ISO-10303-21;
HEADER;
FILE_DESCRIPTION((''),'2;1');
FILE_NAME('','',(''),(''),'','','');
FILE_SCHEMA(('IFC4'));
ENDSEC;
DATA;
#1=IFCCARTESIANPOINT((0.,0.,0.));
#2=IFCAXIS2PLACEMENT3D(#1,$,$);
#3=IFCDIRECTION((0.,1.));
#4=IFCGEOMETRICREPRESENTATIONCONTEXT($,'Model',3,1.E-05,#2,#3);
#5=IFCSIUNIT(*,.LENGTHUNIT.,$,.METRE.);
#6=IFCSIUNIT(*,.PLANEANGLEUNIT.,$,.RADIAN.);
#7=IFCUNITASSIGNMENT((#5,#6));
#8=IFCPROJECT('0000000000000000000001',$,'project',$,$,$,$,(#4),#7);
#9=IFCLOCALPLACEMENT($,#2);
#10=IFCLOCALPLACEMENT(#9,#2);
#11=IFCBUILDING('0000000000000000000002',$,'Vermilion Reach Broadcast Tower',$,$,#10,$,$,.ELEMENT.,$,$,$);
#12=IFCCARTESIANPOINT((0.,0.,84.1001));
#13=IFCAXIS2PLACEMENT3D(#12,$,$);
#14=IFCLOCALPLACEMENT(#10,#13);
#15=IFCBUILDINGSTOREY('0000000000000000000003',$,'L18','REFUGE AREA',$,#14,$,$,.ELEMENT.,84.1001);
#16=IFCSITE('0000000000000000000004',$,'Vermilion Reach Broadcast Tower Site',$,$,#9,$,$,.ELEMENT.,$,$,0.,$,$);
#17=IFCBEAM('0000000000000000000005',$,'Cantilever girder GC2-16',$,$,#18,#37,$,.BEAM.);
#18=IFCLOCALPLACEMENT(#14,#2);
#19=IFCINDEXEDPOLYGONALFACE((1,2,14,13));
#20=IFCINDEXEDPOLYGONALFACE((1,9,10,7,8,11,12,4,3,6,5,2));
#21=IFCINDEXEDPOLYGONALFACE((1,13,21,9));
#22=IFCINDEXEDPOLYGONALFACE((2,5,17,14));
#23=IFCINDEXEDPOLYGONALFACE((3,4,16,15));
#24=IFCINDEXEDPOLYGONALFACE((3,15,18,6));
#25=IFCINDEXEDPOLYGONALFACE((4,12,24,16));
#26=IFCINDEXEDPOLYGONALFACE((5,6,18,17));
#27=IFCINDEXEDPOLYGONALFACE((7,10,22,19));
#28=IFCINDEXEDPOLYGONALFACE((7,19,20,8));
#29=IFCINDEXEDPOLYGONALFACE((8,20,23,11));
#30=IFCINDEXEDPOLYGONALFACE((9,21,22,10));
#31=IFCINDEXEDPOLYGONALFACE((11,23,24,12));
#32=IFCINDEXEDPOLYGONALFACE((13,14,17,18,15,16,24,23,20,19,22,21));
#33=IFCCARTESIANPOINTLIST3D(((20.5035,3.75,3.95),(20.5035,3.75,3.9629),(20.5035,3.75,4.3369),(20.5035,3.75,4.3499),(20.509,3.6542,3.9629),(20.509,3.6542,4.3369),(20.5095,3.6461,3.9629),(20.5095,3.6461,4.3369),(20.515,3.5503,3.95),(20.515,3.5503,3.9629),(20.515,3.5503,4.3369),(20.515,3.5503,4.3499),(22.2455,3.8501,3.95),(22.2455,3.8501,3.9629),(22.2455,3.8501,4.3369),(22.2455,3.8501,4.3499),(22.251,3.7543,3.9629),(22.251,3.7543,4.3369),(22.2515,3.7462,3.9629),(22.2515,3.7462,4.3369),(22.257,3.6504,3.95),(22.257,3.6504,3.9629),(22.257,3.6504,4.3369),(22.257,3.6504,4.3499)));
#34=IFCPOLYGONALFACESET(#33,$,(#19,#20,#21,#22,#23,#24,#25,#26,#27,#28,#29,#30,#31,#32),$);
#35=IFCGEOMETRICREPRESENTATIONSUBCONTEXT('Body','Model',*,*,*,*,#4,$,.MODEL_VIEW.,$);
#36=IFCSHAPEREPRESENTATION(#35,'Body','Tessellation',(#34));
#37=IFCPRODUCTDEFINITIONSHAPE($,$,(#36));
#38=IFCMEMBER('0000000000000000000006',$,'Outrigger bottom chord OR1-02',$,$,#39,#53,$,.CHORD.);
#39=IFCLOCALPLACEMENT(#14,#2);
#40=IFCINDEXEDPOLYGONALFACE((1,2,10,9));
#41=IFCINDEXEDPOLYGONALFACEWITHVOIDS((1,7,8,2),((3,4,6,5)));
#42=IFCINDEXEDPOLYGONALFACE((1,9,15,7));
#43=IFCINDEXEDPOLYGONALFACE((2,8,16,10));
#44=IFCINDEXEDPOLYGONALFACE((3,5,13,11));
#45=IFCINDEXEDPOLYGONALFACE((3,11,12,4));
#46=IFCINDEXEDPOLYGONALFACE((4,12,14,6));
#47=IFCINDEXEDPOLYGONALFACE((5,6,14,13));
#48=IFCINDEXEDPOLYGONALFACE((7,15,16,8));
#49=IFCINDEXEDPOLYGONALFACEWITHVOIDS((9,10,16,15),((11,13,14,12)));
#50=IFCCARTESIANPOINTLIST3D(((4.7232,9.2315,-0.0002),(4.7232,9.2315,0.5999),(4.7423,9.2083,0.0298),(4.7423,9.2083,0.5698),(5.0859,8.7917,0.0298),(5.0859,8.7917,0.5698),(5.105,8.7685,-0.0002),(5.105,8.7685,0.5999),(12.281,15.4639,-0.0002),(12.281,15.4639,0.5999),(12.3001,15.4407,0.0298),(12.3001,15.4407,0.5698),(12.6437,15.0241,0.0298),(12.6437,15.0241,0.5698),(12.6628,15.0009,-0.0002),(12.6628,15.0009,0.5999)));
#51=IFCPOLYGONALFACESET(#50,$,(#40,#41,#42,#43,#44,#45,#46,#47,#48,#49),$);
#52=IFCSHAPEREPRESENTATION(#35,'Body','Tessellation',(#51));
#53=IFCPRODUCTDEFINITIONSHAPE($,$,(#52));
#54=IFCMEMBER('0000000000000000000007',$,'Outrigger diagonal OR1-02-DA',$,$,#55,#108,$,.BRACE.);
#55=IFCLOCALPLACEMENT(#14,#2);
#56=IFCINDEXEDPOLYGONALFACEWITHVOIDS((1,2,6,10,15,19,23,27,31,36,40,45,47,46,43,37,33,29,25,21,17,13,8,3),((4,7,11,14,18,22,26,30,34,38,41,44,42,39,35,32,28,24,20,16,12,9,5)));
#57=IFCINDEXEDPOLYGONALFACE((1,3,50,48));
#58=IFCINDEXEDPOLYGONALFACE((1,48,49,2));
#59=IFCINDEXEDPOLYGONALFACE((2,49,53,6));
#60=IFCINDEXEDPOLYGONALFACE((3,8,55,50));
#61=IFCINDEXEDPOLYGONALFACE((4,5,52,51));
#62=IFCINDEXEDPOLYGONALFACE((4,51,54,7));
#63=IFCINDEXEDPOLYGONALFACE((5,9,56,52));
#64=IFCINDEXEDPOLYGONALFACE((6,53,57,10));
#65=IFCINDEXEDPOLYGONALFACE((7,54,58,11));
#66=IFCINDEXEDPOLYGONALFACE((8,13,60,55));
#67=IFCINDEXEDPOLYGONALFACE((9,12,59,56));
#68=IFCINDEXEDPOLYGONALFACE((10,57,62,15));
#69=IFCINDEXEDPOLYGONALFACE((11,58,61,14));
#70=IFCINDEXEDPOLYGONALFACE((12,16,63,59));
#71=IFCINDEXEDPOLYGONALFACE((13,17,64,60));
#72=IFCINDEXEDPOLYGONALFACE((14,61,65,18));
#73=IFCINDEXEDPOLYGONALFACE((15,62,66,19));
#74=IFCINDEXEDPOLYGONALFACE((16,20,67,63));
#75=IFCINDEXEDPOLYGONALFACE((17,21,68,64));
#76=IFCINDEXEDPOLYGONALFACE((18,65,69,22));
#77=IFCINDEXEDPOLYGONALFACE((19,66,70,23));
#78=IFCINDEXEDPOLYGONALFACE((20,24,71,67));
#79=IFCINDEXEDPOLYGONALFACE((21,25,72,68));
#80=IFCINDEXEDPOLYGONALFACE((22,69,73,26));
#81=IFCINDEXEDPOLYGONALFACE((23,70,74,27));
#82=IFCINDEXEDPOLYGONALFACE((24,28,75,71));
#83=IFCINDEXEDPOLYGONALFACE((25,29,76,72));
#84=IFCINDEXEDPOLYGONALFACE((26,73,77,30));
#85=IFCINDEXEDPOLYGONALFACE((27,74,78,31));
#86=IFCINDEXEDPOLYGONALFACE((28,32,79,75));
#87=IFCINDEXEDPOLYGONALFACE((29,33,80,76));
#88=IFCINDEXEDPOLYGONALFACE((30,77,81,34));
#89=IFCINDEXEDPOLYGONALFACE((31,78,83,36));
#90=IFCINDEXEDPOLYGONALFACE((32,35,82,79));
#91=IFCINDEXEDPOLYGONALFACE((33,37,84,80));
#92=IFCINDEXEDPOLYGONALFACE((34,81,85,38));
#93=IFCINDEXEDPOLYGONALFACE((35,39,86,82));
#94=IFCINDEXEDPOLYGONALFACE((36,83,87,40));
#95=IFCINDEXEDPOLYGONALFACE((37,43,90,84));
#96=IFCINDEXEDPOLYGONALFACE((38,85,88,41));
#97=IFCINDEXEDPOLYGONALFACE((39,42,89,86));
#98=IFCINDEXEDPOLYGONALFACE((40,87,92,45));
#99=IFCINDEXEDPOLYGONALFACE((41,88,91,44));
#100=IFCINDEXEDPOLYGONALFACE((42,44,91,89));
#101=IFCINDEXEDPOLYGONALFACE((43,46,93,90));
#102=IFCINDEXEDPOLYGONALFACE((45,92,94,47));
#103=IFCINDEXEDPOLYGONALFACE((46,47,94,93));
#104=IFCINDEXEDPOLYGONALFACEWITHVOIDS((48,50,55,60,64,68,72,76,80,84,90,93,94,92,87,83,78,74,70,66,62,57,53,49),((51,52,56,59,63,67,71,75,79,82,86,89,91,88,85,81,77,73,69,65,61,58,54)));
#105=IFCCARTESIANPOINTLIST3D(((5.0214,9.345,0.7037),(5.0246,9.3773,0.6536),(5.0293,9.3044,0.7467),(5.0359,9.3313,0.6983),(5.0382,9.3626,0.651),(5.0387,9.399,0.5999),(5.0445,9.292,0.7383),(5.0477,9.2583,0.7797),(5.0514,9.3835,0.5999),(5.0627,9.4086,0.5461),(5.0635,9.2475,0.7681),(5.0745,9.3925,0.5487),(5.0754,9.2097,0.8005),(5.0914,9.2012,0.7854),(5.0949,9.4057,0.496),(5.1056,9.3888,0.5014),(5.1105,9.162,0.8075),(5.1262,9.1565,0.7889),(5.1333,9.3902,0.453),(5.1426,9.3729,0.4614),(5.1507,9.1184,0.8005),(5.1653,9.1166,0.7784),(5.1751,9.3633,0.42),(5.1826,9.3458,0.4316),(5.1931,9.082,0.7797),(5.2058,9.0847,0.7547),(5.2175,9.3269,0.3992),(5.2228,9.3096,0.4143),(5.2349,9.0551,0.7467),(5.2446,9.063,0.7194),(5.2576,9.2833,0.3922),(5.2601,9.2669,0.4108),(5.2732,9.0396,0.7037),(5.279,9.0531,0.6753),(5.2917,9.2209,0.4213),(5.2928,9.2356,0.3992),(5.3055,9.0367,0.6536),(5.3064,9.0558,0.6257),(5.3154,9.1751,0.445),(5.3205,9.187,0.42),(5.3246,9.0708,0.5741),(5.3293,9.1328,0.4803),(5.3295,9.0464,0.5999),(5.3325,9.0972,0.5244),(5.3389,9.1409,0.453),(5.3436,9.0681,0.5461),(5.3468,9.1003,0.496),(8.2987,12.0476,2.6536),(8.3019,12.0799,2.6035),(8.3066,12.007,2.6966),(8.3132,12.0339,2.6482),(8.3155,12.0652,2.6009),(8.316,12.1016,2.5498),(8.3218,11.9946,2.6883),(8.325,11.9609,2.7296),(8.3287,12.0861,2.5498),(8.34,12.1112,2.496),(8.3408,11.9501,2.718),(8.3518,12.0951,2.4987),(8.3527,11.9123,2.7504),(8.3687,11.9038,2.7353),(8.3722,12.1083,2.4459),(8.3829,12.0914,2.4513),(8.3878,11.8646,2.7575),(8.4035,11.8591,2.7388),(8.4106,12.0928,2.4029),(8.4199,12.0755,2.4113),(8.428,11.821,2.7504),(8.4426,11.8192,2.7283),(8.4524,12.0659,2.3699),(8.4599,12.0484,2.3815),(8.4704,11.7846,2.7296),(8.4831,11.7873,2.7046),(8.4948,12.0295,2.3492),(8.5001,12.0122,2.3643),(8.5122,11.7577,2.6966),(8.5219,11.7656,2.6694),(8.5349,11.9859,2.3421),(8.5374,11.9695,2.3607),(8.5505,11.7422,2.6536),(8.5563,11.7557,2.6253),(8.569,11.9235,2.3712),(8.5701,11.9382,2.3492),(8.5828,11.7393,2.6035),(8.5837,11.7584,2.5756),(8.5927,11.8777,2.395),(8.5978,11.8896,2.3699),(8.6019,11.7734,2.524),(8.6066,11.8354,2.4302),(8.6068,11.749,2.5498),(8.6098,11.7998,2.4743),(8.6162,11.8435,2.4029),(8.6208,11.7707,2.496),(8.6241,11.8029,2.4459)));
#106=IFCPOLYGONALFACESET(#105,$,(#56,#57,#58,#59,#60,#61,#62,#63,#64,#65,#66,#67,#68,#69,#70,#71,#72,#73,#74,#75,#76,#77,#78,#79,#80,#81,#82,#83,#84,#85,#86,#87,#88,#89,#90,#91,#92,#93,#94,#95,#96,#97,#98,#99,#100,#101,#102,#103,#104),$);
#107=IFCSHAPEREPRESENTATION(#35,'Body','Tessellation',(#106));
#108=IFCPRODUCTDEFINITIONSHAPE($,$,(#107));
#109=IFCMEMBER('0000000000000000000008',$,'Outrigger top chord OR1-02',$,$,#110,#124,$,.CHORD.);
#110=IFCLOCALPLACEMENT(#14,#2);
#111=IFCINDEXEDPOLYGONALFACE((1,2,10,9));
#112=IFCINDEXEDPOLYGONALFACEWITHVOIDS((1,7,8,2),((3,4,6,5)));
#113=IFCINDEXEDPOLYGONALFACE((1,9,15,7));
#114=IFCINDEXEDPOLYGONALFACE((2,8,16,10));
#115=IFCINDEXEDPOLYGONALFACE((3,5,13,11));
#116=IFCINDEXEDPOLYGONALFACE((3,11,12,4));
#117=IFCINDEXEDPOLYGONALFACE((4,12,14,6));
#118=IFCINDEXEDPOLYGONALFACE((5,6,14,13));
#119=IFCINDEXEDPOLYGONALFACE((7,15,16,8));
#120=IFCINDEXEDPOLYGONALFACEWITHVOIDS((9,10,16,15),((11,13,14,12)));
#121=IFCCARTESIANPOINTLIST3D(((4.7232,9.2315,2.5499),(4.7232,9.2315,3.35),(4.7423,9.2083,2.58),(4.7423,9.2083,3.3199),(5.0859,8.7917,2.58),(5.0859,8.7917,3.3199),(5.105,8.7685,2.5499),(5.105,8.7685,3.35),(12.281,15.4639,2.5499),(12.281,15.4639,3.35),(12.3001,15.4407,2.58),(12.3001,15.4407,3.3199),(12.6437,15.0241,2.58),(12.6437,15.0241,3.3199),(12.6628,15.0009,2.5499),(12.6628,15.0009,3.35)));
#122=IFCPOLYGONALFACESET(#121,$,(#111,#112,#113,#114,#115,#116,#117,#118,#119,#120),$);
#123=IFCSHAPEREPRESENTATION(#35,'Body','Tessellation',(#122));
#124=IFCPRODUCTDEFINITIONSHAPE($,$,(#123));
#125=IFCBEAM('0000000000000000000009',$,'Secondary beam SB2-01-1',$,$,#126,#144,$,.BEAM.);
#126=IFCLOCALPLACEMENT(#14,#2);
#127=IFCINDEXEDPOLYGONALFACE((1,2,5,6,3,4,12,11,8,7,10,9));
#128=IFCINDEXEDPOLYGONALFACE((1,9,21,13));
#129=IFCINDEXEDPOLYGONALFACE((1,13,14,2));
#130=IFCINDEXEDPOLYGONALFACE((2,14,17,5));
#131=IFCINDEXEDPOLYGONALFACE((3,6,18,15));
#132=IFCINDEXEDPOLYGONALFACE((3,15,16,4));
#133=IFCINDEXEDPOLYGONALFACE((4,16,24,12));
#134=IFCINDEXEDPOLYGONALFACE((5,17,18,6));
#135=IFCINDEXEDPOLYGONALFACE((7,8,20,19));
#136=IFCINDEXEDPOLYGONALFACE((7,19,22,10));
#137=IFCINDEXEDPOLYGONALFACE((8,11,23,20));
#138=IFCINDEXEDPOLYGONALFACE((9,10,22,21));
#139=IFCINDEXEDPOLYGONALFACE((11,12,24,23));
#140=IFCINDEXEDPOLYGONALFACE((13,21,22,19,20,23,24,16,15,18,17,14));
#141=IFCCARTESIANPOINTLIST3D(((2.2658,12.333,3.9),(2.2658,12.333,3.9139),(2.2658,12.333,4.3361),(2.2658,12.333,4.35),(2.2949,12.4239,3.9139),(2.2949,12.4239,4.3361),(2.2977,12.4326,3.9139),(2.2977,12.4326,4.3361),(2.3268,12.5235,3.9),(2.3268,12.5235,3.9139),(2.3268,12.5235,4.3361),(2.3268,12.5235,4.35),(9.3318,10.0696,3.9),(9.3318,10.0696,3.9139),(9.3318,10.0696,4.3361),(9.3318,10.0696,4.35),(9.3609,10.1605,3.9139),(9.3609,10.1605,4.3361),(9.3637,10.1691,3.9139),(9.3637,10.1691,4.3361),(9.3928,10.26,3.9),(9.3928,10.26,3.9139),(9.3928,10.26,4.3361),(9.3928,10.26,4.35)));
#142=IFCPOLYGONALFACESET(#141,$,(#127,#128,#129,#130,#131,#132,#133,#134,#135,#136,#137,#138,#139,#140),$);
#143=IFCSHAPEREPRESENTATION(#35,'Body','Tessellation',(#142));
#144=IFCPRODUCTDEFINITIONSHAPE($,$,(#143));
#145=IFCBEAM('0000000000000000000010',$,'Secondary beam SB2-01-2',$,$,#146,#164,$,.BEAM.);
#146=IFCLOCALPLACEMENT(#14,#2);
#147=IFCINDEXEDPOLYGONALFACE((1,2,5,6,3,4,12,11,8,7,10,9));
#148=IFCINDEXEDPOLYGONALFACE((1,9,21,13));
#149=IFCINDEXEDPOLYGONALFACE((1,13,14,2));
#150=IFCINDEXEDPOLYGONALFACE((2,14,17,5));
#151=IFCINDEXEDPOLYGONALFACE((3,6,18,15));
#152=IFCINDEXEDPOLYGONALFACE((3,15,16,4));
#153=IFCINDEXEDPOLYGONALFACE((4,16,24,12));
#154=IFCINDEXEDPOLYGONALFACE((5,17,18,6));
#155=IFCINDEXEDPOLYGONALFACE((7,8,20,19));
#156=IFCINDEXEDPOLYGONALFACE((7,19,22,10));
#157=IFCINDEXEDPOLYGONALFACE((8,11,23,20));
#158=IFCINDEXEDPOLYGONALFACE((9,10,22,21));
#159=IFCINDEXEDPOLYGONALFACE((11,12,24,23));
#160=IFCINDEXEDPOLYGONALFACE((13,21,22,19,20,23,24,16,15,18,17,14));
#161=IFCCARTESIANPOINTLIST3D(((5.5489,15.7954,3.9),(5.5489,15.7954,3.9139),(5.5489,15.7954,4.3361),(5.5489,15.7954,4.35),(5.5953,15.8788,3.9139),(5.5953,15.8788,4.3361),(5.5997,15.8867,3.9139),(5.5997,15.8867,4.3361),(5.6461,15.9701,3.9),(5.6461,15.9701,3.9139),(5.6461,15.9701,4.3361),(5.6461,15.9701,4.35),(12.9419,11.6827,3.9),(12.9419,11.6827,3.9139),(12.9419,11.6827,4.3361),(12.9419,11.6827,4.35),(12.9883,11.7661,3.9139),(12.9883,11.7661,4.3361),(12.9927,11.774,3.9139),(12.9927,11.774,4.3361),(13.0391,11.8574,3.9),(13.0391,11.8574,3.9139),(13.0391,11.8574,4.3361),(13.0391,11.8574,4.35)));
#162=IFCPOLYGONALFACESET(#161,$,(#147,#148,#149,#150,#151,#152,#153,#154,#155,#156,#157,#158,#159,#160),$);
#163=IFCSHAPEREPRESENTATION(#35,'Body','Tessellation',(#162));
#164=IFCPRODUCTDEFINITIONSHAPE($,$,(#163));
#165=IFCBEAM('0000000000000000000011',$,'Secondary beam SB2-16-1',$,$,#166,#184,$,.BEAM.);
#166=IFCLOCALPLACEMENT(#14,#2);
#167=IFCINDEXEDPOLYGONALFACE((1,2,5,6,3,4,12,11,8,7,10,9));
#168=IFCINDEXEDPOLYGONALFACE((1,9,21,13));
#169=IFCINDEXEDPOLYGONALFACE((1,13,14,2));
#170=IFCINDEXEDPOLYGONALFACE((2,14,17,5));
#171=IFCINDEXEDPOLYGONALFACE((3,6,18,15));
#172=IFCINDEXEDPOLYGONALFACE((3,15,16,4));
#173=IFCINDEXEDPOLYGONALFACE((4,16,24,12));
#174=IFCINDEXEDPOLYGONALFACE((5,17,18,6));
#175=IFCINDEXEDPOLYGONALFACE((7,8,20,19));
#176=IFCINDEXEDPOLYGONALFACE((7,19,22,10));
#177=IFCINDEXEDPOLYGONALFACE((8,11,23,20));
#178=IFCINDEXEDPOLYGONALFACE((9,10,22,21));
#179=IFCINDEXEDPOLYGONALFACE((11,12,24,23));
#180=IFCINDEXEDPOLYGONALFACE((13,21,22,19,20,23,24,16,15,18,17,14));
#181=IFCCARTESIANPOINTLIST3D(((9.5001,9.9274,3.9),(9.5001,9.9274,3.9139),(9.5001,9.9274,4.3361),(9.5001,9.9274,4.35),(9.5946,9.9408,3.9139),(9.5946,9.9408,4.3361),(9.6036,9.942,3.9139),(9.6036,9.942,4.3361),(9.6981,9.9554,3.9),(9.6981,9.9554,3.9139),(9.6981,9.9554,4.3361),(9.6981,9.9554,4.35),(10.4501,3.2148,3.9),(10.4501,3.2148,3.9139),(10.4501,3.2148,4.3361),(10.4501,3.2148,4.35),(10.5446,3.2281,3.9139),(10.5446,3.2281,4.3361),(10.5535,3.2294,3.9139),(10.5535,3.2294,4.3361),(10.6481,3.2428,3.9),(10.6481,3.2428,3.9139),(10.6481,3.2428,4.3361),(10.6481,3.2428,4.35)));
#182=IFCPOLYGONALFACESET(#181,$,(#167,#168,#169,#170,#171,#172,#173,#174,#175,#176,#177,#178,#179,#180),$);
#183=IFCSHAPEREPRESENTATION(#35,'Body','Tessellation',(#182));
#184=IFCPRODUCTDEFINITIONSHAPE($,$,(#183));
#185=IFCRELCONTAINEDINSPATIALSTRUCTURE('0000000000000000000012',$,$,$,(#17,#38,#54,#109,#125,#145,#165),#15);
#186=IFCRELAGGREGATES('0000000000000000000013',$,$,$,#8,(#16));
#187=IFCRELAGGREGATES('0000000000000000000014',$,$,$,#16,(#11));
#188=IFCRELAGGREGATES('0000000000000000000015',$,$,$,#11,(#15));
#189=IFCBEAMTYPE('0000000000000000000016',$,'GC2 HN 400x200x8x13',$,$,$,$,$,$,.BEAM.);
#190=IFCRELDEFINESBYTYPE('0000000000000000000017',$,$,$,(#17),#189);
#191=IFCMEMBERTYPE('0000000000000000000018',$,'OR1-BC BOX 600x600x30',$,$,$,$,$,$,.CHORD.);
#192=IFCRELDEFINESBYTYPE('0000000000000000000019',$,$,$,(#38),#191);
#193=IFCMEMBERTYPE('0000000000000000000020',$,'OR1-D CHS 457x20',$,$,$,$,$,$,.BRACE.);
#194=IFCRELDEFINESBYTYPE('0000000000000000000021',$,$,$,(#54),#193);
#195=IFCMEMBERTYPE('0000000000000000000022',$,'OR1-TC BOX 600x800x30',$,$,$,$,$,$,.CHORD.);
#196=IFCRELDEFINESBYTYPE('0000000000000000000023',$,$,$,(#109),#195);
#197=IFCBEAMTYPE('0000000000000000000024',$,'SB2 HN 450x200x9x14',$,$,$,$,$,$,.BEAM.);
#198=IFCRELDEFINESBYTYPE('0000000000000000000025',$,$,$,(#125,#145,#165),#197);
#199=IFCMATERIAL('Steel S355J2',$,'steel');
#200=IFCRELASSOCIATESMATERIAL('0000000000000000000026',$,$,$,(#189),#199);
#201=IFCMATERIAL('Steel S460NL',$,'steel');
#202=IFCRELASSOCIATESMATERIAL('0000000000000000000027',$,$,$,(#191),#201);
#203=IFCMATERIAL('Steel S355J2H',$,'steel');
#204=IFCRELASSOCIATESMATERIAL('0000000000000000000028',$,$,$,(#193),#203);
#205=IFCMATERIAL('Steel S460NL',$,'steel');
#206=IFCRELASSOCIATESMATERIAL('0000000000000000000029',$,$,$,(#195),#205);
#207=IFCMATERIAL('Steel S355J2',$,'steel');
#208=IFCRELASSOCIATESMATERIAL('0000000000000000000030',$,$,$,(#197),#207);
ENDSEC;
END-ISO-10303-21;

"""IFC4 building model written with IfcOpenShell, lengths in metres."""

from ifc_helpers import new_model, si_unit, direction, frame, origin, origin_2d, place, context, subcontext, project, spatial, hollow_rectangle, hollow_circle, i_section, extrude, material, material_profile, profile_set, type_object, element, save


model = new_model("IFC4")

# Units and contexts
model_context = context("Model", 3, precision=1e-05, world=origin(), true_north=direction((0.0, 1.0)))
body_context = subcontext(model_context, "Body", "Model", "MODEL_VIEW")
ifc_project = project(units=[si_unit("LENGTHUNIT", "METRE"), si_unit("PLANEANGLEUNIT", "RADIAN")], contexts=[model_context])

# Site, building, storey
site_placement = place(None, origin())
site = spatial("IfcSite", under=ifc_project, at=site_placement, Name="Vermilion Reach Broadcast Tower Site", CompositionType="ELEMENT", RefElevation=0.0)
building_placement = place(site_placement, origin())
building = spatial("IfcBuilding", under=site, at=building_placement, Name="Vermilion Reach Broadcast Tower", CompositionType="ELEMENT")
storey_placement = place(building_placement, frame((0.0, 0.0, 84.1001)))
storey = spatial("IfcBuildingStorey", under=building, at=storey_placement, Name="L18", Description="REFUGE AREA", CompositionType="ELEMENT", Elevation=84.1001)

# Beam
ifc_material_1 = material(Name="Steel S355J2", Category="steel")
ifc_material_profile_1 = material_profile(ifc_material_1, i_section(OverallWidth=0.2, OverallDepth=0.3999, WebThickness=0.0081, FlangeThickness=0.0129, at=origin_2d()), Name="S355J2 HN 400x200x8x13")
ifc_profile_set_1 = profile_set([ifc_material_profile_1], Name="Steel S355J2")
beam_type_1 = type_object("IfcBeamType", Name="GC2 HN 400x200x8x13", PredefinedType="BEAM", material=ifc_profile_set_1)
beam_1_placement = place(storey_placement, frame((20.5093, 3.6501, 4.1499), z_axis=(0.998353, 0.057369, 0.0), x_axis=(-0.057369, 0.998353, 0.0)))
element("IfcBeam", 1, at=beam_1_placement, inside=storey, type_object=beam_type_1, Name="Cantilever girder GC2-16", PredefinedType="BEAM", context=body_context, shape_type="SweptSolid", body=[
    extrude(i_section(OverallWidth=0.2, OverallDepth=0.3999, WebThickness=0.0081, FlangeThickness=0.0129, at=origin_2d()), origin(), (0.0, 0.0, 1.0), 1.7449),
])

# Members
ifc_material_2 = material(Name="Steel S460NL", Category="steel")
ifc_material_profile_2 = material_profile(ifc_material_2, hollow_rectangle(XDim=0.6001, YDim=0.6001, WallThickness=0.03, at=origin_2d()), Name="S460NL BOX 600x600x30")
ifc_profile_set_2 = profile_set([ifc_material_profile_2], Name="Steel S460NL")
member_type_1 = type_object("IfcMemberType", Name="OR1-BC BOX 600x600x30", PredefinedType="CHORD", material=ifc_profile_set_2)
member_1_placement = place(storey_placement, frame((4.9141, 9.0, 0.2998), z_axis=(0.771514, 0.636212, 0.0), x_axis=(-0.636212, 0.771514, 0.0)))
element("IfcMember", 2, at=member_1_placement, inside=storey, type_object=member_type_1, Name="Outrigger bottom chord OR1-02", PredefinedType="CHORD", context=body_context, shape_type="SweptSolid", body=[
    extrude(hollow_rectangle(XDim=0.6001, YDim=0.6001, WallThickness=0.03, at=origin_2d()), origin(), (0.0, 0.0, 1.0), 9.7961),
])
ifc_material_3 = material(Name="Steel S355J2H", Category="steel")
ifc_material_profile_3 = material_profile(ifc_material_3, hollow_circle(Radius=0.2285, WallThickness=0.02, at=origin_2d()), Name="S355J2H CHS 457x20")
ifc_profile_set_3 = profile_set([ifc_material_profile_3], Name="Steel S355J2H")
member_type_2 = type_object("IfcMemberType", Name="OR1-D CHS 457x20", PredefinedType="BRACE", material=ifc_profile_set_3)
member_2_placement = place(storey_placement, frame((5.1841, 9.2227, 0.5999), z_axis=(0.701166, 0.578211, 0.417179), x_axis=(-0.636219, 0.771509, 0.0)))
element("IfcMember", 3, at=member_2_placement, inside=storey, type_object=member_type_2, Name="Outrigger diagonal OR1-02-DA", PredefinedType="BRACE", context=body_context, shape_type="SweptSolid", body=[
    extrude(hollow_circle(Radius=0.2285, WallThickness=0.02, at=origin_2d()), origin(), (0.0, 0.0, 1.0), 4.6741),
])
ifc_material_4 = material(Name="Steel S460NL", Category="steel")
ifc_material_profile_4 = material_profile(ifc_material_4, hollow_rectangle(XDim=0.6001, YDim=0.8, WallThickness=0.03, at=origin_2d()), Name="S460NL BOX 600x800x30")
ifc_profile_set_4 = profile_set([ifc_material_profile_4], Name="Steel S460NL")
member_type_3 = type_object("IfcMemberType", Name="OR1-TC BOX 600x800x30", PredefinedType="CHORD", material=ifc_profile_set_4)
member_3_placement = place(storey_placement, frame((4.9141, 9.0, 2.95), z_axis=(0.771514, 0.636212, 0.0), x_axis=(-0.636212, 0.771514, 0.0)))
element("IfcMember", 4, at=member_3_placement, inside=storey, type_object=member_type_3, Name="Outrigger top chord OR1-02", PredefinedType="CHORD", context=body_context, shape_type="SweptSolid", body=[
    extrude(hollow_rectangle(XDim=0.6001, YDim=0.8, WallThickness=0.03, at=origin_2d()), origin(), (0.0, 0.0, 1.0), 9.7961),
])

# Beams
ifc_material_5 = material(Name="Steel S355J2", Category="steel")
ifc_material_profile_5 = material_profile(ifc_material_5, i_section(OverallWidth=0.2, OverallDepth=0.45, WebThickness=0.009, FlangeThickness=0.0139, at=origin_2d()), Name="S355J2 HN 450x200x9x14")
ifc_profile_set_5 = profile_set([ifc_material_profile_5], Name="Steel S355J2")
beam_type_2 = type_object("IfcBeamType", Name="SB2 HN 450x200x9x14", PredefinedType="BEAM", material=ifc_profile_set_5)
beam_2_placement = place(storey_placement, frame((9.3623, 10.1648, 4.125), z_axis=(-0.952333, 0.305061, 0.0), x_axis=(-0.305061, -0.952333, 0.0)))
element("IfcBeam", 5, at=beam_2_placement, inside=storey, type_object=beam_type_2, Name="Secondary beam SB2-01-1", PredefinedType="BEAM", context=body_context, shape_type="SweptSolid", body=[
    extrude(i_section(OverallWidth=0.2, OverallDepth=0.45, WebThickness=0.009, FlangeThickness=0.0139, at=origin_2d()), origin(), (0.0, 0.0, 1.0), 7.4197),
])
beam_3_placement = place(storey_placement, frame((12.9905, 11.77, 4.125), z_axis=(-0.873879, 0.486143, 0.0), x_axis=(-0.486143, -0.873879, 0.0)))
element("IfcBeam", 6, at=beam_3_placement, inside=storey, type_object=beam_type_2, Name="Secondary beam SB2-01-2", PredefinedType="BEAM", context=body_context, shape_type="SweptSolid", body=[
    extrude(i_section(OverallWidth=0.2, OverallDepth=0.45, WebThickness=0.009, FlangeThickness=0.0139, at=origin_2d()), origin(), (0.0, 0.0, 1.0), 8.46),
])
beam_4_placement = place(storey_placement, frame((10.5491, 3.2288, 4.125), z_axis=(-0.140121, 0.990134, 0.0), x_axis=(-0.990134, -0.140121, 0.0)))
element("IfcBeam", 7, at=beam_4_placement, inside=storey, type_object=beam_type_2, Name="Secondary beam SB2-16-1", PredefinedType="BEAM", context=body_context, shape_type="SweptSolid", body=[
    extrude(i_section(OverallWidth=0.2, OverallDepth=0.45, WebThickness=0.009, FlangeThickness=0.0139, at=origin_2d()), origin(), (0.0, 0.0, 1.0), 6.7795),
])

save(model, "model.ifc")
